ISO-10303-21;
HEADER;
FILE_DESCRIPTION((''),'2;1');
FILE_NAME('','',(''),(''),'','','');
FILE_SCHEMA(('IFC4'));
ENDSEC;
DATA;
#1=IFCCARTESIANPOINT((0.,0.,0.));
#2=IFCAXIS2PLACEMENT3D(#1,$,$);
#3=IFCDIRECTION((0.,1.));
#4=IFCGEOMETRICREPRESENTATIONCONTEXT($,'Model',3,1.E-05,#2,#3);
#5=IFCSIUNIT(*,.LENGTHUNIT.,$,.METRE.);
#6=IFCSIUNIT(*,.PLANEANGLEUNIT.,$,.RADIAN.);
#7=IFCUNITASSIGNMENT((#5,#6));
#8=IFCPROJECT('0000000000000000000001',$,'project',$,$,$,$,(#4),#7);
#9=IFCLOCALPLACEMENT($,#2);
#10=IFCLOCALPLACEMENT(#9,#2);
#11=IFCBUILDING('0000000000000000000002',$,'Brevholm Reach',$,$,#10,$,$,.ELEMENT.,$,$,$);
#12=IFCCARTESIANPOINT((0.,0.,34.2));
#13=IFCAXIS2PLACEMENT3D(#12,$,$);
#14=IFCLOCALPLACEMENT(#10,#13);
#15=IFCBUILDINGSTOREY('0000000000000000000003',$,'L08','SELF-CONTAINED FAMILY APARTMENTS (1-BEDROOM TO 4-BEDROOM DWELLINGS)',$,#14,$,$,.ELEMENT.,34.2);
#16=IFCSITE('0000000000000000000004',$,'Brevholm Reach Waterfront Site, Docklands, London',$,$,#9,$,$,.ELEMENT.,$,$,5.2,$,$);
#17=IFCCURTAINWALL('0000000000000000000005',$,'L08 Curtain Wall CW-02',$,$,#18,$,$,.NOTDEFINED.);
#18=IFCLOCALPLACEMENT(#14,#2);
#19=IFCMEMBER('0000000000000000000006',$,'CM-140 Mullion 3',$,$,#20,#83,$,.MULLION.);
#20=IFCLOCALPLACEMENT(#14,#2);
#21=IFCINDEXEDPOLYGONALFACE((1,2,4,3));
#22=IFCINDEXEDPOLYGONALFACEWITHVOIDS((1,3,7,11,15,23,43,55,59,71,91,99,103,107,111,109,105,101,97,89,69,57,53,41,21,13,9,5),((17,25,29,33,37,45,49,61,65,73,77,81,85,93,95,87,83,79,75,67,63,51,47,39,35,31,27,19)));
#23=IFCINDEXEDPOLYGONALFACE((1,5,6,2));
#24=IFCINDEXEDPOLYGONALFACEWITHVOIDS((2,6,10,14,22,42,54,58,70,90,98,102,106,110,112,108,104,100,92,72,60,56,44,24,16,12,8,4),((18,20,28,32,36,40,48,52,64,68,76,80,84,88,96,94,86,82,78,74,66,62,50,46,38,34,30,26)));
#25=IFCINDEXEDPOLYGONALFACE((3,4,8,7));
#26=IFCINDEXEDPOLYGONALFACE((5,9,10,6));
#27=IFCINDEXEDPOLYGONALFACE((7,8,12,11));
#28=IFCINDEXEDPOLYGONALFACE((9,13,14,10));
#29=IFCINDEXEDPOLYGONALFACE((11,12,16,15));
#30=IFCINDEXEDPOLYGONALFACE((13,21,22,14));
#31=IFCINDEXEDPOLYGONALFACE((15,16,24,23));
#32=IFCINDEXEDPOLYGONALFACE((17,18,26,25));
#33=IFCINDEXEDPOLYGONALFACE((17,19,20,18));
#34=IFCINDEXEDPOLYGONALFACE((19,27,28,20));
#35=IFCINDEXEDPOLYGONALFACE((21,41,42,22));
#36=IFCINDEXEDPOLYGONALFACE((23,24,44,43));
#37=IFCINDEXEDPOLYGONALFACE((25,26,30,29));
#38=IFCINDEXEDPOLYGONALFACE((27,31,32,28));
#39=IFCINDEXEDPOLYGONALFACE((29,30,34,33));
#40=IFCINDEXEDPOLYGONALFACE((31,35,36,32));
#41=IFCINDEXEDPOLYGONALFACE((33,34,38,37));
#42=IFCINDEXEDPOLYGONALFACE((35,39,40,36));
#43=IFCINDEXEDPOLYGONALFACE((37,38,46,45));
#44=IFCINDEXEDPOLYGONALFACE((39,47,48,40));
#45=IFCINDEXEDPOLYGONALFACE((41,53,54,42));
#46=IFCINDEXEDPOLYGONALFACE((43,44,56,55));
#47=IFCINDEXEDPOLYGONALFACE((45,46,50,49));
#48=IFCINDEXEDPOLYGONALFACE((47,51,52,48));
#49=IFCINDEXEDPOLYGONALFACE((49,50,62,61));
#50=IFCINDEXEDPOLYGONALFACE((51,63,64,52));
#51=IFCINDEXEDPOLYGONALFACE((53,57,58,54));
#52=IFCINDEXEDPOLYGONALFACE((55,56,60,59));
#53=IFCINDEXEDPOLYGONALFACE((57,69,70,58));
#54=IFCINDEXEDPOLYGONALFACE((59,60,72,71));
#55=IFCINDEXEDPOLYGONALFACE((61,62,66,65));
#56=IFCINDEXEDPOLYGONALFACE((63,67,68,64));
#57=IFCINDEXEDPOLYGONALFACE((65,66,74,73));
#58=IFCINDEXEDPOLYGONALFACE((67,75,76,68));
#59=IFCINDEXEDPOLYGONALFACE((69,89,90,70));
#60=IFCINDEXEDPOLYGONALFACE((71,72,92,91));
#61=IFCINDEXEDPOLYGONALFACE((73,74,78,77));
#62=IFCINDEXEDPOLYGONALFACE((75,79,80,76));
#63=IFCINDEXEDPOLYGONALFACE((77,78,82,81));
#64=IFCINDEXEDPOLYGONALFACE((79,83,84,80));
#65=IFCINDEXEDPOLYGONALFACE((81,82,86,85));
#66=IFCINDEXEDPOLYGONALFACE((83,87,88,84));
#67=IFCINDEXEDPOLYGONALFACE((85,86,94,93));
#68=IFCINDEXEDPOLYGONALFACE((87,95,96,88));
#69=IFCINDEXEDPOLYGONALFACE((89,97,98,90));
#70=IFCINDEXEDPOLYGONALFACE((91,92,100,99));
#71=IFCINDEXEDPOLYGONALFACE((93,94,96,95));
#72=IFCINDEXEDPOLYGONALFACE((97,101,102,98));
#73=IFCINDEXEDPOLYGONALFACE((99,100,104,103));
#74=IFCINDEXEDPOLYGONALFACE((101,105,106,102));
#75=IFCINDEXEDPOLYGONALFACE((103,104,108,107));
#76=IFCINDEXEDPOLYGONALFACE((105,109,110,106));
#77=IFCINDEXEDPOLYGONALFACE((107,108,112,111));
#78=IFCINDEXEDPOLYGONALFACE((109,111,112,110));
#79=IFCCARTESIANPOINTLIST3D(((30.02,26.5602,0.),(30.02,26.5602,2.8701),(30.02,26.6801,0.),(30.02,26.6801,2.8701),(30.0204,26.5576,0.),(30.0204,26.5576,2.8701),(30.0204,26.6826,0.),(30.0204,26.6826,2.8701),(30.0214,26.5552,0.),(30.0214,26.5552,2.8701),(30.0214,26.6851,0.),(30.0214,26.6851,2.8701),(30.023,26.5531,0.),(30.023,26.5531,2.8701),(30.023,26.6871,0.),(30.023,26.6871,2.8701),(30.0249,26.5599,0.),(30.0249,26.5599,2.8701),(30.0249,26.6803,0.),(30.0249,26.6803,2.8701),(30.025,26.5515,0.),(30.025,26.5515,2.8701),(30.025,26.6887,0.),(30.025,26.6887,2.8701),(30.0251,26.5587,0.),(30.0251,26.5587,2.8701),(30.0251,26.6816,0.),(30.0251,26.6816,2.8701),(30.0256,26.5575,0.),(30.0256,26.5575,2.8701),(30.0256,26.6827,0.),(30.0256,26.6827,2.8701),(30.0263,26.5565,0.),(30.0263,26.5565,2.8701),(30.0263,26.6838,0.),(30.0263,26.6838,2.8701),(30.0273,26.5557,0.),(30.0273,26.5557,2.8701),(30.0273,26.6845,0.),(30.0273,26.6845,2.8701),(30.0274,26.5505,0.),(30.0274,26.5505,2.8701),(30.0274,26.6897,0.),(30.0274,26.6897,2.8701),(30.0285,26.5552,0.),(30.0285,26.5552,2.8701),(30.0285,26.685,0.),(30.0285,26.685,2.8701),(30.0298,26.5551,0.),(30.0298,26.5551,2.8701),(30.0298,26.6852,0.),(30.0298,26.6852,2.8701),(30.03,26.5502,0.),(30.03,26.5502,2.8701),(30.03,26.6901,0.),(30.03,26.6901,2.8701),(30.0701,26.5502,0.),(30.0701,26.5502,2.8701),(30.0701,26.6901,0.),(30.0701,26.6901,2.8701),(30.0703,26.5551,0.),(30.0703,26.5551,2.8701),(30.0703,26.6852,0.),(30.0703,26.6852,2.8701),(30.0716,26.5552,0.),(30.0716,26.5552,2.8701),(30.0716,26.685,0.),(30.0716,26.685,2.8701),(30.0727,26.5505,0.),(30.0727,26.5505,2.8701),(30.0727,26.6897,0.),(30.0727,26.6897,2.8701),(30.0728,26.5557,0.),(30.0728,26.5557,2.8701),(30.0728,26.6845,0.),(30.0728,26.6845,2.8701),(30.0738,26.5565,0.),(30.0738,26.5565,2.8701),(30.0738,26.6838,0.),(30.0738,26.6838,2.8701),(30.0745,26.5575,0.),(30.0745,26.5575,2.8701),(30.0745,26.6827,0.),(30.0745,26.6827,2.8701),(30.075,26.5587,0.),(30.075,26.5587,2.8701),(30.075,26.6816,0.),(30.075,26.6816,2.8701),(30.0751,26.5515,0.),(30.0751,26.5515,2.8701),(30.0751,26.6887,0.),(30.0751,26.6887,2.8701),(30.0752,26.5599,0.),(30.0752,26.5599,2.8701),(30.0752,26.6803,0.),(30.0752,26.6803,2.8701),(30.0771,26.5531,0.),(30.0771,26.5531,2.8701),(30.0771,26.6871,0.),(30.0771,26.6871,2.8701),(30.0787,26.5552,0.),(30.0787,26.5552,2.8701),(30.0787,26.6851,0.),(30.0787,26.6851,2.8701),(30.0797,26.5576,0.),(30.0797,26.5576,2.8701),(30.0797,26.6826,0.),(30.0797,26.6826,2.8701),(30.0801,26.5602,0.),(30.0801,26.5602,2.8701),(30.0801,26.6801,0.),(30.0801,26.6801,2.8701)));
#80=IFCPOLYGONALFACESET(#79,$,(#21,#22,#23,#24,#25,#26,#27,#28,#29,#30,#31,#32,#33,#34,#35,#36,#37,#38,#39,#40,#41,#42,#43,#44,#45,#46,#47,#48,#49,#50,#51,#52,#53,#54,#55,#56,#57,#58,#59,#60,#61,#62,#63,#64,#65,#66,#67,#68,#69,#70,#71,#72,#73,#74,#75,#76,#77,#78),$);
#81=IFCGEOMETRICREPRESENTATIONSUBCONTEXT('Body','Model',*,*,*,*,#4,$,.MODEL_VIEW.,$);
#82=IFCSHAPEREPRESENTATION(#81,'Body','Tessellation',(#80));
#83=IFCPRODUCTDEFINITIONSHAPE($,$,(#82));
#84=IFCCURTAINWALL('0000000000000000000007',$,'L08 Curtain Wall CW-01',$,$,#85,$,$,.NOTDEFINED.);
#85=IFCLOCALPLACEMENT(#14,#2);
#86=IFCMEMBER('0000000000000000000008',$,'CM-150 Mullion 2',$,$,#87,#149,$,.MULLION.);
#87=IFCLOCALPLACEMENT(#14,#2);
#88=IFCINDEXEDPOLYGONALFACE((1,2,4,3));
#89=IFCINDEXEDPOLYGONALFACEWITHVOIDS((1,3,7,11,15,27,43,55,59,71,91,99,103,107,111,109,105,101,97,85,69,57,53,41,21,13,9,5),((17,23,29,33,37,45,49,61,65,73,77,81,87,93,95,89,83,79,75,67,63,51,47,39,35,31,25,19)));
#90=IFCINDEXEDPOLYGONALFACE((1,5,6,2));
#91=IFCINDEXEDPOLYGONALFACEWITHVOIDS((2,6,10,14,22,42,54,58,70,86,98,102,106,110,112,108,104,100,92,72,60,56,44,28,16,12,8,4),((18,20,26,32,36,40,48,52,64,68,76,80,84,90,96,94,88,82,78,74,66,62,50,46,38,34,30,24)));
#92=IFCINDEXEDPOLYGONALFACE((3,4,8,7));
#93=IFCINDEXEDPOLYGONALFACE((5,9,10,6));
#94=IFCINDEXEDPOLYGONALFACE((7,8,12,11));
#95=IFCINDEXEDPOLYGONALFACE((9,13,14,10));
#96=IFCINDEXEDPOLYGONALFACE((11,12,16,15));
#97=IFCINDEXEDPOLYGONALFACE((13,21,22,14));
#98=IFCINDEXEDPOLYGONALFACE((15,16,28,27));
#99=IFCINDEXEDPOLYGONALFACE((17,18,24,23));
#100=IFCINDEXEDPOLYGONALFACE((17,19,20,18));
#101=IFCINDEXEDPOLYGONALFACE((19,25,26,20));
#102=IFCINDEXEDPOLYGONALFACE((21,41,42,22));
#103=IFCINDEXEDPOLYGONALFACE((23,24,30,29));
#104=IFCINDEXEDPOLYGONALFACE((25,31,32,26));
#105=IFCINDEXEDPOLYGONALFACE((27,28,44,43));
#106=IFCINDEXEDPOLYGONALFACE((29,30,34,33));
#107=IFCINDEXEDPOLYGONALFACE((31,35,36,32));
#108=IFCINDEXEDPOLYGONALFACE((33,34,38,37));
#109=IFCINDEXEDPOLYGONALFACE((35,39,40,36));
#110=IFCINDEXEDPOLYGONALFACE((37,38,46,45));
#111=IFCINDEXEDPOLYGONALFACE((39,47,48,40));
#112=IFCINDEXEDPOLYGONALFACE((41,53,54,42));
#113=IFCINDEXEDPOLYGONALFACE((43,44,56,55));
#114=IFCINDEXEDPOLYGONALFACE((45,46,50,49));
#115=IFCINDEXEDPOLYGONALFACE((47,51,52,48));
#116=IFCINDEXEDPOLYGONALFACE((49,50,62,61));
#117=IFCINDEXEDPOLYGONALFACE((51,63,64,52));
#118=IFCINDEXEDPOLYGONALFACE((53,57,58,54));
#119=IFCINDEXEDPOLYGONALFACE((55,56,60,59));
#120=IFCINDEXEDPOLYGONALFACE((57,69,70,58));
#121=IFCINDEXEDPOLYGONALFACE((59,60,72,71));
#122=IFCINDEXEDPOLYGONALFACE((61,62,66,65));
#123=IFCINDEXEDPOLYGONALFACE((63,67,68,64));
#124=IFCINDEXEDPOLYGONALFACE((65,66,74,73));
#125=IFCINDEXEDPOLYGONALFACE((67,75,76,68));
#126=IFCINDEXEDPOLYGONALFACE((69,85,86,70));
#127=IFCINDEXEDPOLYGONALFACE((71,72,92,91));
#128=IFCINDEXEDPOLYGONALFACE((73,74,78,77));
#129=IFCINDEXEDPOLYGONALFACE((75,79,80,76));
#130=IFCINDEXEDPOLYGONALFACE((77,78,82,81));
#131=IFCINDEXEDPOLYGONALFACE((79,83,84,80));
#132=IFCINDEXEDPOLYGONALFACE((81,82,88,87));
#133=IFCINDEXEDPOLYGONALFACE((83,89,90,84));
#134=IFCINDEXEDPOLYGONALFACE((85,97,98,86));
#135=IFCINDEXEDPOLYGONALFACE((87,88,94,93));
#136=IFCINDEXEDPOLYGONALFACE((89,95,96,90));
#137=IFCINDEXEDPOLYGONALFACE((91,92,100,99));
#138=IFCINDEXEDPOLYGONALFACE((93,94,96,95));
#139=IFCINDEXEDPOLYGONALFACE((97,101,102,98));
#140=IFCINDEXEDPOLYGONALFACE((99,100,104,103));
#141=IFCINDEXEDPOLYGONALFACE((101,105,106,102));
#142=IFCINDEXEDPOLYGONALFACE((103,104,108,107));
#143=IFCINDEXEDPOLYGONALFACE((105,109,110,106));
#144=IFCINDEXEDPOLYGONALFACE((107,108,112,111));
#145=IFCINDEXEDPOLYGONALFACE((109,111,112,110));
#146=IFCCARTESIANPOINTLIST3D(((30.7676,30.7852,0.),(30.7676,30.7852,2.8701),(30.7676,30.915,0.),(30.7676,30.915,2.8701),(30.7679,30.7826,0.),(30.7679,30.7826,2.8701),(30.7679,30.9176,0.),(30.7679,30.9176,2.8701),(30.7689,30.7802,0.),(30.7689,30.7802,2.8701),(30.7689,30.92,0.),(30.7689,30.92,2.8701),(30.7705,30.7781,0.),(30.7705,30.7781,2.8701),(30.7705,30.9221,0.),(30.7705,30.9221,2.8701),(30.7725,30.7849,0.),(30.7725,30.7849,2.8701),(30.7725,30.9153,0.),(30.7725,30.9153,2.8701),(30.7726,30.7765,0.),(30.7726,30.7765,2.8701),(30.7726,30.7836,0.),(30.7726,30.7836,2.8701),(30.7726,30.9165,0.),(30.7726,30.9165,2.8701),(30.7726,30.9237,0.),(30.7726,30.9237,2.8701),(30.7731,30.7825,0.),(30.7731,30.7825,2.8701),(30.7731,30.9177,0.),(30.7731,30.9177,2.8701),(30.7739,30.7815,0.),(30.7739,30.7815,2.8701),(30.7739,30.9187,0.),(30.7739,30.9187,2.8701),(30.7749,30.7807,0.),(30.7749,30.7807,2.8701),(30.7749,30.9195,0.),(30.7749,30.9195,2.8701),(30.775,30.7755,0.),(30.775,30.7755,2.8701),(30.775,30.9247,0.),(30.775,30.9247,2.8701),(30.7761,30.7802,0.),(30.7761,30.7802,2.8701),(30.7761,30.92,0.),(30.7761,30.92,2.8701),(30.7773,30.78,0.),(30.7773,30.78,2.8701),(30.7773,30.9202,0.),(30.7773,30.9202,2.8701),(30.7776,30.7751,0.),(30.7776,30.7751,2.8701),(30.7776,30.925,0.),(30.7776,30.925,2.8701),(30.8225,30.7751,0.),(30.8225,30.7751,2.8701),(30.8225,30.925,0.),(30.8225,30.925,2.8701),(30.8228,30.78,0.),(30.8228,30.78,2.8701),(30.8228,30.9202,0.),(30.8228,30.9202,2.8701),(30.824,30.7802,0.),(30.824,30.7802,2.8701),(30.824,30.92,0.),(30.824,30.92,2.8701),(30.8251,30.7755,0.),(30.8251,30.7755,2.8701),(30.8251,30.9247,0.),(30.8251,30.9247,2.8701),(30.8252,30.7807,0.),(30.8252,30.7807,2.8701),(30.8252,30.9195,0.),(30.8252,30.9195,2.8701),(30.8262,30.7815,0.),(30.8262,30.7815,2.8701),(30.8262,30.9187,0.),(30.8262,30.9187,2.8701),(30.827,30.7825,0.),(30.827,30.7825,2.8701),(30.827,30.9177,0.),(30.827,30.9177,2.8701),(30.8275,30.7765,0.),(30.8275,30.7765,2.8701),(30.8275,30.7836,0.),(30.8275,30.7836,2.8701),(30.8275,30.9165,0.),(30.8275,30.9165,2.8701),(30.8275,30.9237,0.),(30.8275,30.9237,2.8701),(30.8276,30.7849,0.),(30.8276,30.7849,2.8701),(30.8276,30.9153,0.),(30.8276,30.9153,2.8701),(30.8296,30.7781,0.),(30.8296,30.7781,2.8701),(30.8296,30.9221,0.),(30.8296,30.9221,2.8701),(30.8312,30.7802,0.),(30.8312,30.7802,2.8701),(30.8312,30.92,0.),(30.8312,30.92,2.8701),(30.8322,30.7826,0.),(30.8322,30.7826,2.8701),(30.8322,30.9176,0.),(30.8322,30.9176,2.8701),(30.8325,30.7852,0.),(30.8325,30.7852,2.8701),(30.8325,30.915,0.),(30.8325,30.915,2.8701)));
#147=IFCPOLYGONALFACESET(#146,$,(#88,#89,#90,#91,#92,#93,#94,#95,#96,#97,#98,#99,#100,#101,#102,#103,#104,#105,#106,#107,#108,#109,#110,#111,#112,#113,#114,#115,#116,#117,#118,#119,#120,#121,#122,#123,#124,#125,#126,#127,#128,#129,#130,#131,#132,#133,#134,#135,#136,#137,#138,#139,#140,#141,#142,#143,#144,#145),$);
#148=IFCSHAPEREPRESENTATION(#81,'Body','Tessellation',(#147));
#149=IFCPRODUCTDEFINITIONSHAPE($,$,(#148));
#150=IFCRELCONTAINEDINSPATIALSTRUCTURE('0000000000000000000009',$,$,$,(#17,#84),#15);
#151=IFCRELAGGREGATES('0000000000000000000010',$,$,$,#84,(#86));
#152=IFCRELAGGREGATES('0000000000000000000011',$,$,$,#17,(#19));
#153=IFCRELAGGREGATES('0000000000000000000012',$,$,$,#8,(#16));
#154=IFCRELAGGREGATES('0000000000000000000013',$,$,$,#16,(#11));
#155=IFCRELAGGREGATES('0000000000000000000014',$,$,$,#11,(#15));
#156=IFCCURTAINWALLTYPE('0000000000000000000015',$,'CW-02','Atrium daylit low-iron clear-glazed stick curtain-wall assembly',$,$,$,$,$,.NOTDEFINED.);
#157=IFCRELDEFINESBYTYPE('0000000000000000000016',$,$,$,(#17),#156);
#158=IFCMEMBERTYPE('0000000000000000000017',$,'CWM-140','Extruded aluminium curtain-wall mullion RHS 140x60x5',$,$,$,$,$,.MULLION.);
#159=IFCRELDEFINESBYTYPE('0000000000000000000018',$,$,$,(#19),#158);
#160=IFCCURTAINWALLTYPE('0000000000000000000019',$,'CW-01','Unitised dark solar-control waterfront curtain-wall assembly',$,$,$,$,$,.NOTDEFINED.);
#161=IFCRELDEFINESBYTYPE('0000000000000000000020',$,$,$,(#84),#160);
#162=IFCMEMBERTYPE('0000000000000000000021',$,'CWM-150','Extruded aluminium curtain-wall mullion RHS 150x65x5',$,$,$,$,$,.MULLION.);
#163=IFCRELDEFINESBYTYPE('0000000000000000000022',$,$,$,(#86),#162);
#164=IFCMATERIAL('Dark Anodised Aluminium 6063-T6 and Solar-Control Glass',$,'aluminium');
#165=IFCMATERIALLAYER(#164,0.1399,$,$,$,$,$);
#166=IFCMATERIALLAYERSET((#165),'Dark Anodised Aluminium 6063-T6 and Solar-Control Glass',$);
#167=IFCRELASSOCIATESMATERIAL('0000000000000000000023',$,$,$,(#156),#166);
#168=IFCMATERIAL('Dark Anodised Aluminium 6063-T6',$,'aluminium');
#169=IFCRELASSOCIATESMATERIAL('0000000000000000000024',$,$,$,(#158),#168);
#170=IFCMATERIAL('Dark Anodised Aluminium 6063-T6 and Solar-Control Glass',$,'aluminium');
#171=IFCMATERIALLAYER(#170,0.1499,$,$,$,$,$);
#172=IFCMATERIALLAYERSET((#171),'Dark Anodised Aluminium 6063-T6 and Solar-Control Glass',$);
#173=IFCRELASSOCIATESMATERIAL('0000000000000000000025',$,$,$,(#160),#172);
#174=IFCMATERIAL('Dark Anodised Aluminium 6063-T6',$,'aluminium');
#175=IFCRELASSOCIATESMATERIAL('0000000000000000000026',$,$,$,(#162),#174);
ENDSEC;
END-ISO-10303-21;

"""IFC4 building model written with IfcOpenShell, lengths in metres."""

from ifc_helpers import new_model, si_unit, direction, frame, origin, origin_2d, place, context, subcontext, project, spatial, hollow_rectangle, extrude, material, layer, layer_set, material_profile, profile_set, type_object, element, aggregate, save


model = new_model("IFC4")

# Units and contexts
model_context = context("Model", 3, precision=1e-05, world=origin(), true_north=direction((0.0, 1.0)))
body_context = subcontext(model_context, "Body", "Model", "MODEL_VIEW")
ifc_project = project(units=[si_unit("LENGTHUNIT", "METRE"), si_unit("PLANEANGLEUNIT", "RADIAN")], contexts=[model_context])

# Site, building, storey
site_placement = place(None, origin())
site = spatial("IfcSite", under=ifc_project, at=site_placement, Name="Brevholm Reach Waterfront Site, Docklands, London", CompositionType="ELEMENT", RefElevation=5.2)
building_placement = place(site_placement, origin())
building = spatial("IfcBuilding", under=site, at=building_placement, Name="Brevholm Reach", CompositionType="ELEMENT")
storey_placement = place(building_placement, frame((0.0, 0.0, 34.2)))
storey = spatial("IfcBuildingStorey", under=building, at=storey_placement, Name="L08", Description="SELF-CONTAINED FAMILY APARTMENTS (1-BEDROOM TO 4-BEDROOM DWELLINGS)", CompositionType="ELEMENT", Elevation=34.2)

# Curtain walls, members
ifc_material_1 = material(Name="Dark Anodised Aluminium 6063-T6 and Solar-Control Glass", Category="aluminium")
ifc_layer_1 = layer(ifc_material_1, 0.1399)
ifc_layer_set_1 = layer_set([ifc_layer_1], Name="Dark Anodised Aluminium 6063-T6 and Solar-Control Glass")
curtain_wall_type_1 = type_object("IfcCurtainWallType", Name="CW-02", Description="Atrium daylit low-iron clear-glazed stick curtain-wall assembly", PredefinedType="NOTDEFINED", material=ifc_layer_set_1)
curtain_wall_1_placement = place(storey_placement, origin())
curtain_wall_1 = element("IfcCurtainWall", 1, at=curtain_wall_1_placement, inside=storey, type_object=curtain_wall_type_1, Name="L08 Curtain Wall CW-02", PredefinedType="NOTDEFINED")
ifc_material_2 = material(Name="Dark Anodised Aluminium 6063-T6", Category="aluminium")
ifc_material_profile_1 = material_profile(ifc_material_2, hollow_rectangle(XDim=0.0601, YDim=0.1399, WallThickness=0.0049, InnerFilletRadius=0.0049, OuterFilletRadius=0.01, at=origin_2d()), Name="RHS 140x60x5")
ifc_profile_set_1 = profile_set([ifc_material_profile_1], Name="Dark Anodised Aluminium 6063-T6")
member_type_1 = type_object("IfcMemberType", Name="CWM-140", Description="Extruded aluminium curtain-wall mullion RHS 140x60x5", PredefinedType="MULLION", material=ifc_profile_set_1)
member_1_placement = place(storey_placement, frame((30.05, 26.6201, 0.0), z_axis=(0.0, 0.0, 1.0), x_axis=(-1.0, 0.0, 0.0)))
member_1 = element("IfcMember", 2, at=member_1_placement, type_object=member_type_1, Name="CM-140 Mullion 3", PredefinedType="MULLION", context=body_context, shape_type="SweptSolid", body=[
    extrude(hollow_rectangle(XDim=0.0601, YDim=0.1399, WallThickness=0.0049, InnerFilletRadius=0.0049, OuterFilletRadius=0.01, at=origin_2d()), origin(), (0.0, 0.0, 1.0), 2.8701),
])
ifc_material_3 = material(Name="Dark Anodised Aluminium 6063-T6 and Solar-Control Glass", Category="aluminium")
ifc_layer_2 = layer(ifc_material_3, 0.1499)
ifc_layer_set_2 = layer_set([ifc_layer_2], Name="Dark Anodised Aluminium 6063-T6 and Solar-Control Glass")
curtain_wall_type_2 = type_object("IfcCurtainWallType", Name="CW-01", Description="Unitised dark solar-control waterfront curtain-wall assembly", PredefinedType="NOTDEFINED", material=ifc_layer_set_2)
curtain_wall_2_placement = place(storey_placement, origin())
curtain_wall_2 = element("IfcCurtainWall", 3, at=curtain_wall_2_placement, inside=storey, type_object=curtain_wall_type_2, Name="L08 Curtain Wall CW-01", PredefinedType="NOTDEFINED")
ifc_material_4 = material(Name="Dark Anodised Aluminium 6063-T6", Category="aluminium")
ifc_material_profile_2 = material_profile(ifc_material_4, hollow_rectangle(XDim=0.0649, YDim=0.1499, WallThickness=0.0049, InnerFilletRadius=0.0049, OuterFilletRadius=0.01, at=origin_2d()), Name="RHS 150x65x5")
ifc_profile_set_2 = profile_set([ifc_material_profile_2], Name="Dark Anodised Aluminium 6063-T6")
member_type_2 = type_object("IfcMemberType", Name="CWM-150", Description="Extruded aluminium curtain-wall mullion RHS 150x65x5", PredefinedType="MULLION", material=ifc_profile_set_2)
member_2_placement = place(storey_placement, frame((30.8, 30.8501, 0.0), z_axis=(0.0, 0.0, 1.0), x_axis=(1.0, 0.0, 0.0)))
member_2 = element("IfcMember", 4, at=member_2_placement, type_object=member_type_2, Name="CM-150 Mullion 2", PredefinedType="MULLION", context=body_context, shape_type="SweptSolid", body=[
    extrude(hollow_rectangle(XDim=0.0649, YDim=0.1499, WallThickness=0.0049, InnerFilletRadius=0.0049, OuterFilletRadius=0.01, at=origin_2d()), origin(), (0.0, 0.0, 1.0), 2.8701),
])

aggregate(curtain_wall_2, [member_2])
aggregate(curtain_wall_1, [member_1])

save(model, "model.ifc")
